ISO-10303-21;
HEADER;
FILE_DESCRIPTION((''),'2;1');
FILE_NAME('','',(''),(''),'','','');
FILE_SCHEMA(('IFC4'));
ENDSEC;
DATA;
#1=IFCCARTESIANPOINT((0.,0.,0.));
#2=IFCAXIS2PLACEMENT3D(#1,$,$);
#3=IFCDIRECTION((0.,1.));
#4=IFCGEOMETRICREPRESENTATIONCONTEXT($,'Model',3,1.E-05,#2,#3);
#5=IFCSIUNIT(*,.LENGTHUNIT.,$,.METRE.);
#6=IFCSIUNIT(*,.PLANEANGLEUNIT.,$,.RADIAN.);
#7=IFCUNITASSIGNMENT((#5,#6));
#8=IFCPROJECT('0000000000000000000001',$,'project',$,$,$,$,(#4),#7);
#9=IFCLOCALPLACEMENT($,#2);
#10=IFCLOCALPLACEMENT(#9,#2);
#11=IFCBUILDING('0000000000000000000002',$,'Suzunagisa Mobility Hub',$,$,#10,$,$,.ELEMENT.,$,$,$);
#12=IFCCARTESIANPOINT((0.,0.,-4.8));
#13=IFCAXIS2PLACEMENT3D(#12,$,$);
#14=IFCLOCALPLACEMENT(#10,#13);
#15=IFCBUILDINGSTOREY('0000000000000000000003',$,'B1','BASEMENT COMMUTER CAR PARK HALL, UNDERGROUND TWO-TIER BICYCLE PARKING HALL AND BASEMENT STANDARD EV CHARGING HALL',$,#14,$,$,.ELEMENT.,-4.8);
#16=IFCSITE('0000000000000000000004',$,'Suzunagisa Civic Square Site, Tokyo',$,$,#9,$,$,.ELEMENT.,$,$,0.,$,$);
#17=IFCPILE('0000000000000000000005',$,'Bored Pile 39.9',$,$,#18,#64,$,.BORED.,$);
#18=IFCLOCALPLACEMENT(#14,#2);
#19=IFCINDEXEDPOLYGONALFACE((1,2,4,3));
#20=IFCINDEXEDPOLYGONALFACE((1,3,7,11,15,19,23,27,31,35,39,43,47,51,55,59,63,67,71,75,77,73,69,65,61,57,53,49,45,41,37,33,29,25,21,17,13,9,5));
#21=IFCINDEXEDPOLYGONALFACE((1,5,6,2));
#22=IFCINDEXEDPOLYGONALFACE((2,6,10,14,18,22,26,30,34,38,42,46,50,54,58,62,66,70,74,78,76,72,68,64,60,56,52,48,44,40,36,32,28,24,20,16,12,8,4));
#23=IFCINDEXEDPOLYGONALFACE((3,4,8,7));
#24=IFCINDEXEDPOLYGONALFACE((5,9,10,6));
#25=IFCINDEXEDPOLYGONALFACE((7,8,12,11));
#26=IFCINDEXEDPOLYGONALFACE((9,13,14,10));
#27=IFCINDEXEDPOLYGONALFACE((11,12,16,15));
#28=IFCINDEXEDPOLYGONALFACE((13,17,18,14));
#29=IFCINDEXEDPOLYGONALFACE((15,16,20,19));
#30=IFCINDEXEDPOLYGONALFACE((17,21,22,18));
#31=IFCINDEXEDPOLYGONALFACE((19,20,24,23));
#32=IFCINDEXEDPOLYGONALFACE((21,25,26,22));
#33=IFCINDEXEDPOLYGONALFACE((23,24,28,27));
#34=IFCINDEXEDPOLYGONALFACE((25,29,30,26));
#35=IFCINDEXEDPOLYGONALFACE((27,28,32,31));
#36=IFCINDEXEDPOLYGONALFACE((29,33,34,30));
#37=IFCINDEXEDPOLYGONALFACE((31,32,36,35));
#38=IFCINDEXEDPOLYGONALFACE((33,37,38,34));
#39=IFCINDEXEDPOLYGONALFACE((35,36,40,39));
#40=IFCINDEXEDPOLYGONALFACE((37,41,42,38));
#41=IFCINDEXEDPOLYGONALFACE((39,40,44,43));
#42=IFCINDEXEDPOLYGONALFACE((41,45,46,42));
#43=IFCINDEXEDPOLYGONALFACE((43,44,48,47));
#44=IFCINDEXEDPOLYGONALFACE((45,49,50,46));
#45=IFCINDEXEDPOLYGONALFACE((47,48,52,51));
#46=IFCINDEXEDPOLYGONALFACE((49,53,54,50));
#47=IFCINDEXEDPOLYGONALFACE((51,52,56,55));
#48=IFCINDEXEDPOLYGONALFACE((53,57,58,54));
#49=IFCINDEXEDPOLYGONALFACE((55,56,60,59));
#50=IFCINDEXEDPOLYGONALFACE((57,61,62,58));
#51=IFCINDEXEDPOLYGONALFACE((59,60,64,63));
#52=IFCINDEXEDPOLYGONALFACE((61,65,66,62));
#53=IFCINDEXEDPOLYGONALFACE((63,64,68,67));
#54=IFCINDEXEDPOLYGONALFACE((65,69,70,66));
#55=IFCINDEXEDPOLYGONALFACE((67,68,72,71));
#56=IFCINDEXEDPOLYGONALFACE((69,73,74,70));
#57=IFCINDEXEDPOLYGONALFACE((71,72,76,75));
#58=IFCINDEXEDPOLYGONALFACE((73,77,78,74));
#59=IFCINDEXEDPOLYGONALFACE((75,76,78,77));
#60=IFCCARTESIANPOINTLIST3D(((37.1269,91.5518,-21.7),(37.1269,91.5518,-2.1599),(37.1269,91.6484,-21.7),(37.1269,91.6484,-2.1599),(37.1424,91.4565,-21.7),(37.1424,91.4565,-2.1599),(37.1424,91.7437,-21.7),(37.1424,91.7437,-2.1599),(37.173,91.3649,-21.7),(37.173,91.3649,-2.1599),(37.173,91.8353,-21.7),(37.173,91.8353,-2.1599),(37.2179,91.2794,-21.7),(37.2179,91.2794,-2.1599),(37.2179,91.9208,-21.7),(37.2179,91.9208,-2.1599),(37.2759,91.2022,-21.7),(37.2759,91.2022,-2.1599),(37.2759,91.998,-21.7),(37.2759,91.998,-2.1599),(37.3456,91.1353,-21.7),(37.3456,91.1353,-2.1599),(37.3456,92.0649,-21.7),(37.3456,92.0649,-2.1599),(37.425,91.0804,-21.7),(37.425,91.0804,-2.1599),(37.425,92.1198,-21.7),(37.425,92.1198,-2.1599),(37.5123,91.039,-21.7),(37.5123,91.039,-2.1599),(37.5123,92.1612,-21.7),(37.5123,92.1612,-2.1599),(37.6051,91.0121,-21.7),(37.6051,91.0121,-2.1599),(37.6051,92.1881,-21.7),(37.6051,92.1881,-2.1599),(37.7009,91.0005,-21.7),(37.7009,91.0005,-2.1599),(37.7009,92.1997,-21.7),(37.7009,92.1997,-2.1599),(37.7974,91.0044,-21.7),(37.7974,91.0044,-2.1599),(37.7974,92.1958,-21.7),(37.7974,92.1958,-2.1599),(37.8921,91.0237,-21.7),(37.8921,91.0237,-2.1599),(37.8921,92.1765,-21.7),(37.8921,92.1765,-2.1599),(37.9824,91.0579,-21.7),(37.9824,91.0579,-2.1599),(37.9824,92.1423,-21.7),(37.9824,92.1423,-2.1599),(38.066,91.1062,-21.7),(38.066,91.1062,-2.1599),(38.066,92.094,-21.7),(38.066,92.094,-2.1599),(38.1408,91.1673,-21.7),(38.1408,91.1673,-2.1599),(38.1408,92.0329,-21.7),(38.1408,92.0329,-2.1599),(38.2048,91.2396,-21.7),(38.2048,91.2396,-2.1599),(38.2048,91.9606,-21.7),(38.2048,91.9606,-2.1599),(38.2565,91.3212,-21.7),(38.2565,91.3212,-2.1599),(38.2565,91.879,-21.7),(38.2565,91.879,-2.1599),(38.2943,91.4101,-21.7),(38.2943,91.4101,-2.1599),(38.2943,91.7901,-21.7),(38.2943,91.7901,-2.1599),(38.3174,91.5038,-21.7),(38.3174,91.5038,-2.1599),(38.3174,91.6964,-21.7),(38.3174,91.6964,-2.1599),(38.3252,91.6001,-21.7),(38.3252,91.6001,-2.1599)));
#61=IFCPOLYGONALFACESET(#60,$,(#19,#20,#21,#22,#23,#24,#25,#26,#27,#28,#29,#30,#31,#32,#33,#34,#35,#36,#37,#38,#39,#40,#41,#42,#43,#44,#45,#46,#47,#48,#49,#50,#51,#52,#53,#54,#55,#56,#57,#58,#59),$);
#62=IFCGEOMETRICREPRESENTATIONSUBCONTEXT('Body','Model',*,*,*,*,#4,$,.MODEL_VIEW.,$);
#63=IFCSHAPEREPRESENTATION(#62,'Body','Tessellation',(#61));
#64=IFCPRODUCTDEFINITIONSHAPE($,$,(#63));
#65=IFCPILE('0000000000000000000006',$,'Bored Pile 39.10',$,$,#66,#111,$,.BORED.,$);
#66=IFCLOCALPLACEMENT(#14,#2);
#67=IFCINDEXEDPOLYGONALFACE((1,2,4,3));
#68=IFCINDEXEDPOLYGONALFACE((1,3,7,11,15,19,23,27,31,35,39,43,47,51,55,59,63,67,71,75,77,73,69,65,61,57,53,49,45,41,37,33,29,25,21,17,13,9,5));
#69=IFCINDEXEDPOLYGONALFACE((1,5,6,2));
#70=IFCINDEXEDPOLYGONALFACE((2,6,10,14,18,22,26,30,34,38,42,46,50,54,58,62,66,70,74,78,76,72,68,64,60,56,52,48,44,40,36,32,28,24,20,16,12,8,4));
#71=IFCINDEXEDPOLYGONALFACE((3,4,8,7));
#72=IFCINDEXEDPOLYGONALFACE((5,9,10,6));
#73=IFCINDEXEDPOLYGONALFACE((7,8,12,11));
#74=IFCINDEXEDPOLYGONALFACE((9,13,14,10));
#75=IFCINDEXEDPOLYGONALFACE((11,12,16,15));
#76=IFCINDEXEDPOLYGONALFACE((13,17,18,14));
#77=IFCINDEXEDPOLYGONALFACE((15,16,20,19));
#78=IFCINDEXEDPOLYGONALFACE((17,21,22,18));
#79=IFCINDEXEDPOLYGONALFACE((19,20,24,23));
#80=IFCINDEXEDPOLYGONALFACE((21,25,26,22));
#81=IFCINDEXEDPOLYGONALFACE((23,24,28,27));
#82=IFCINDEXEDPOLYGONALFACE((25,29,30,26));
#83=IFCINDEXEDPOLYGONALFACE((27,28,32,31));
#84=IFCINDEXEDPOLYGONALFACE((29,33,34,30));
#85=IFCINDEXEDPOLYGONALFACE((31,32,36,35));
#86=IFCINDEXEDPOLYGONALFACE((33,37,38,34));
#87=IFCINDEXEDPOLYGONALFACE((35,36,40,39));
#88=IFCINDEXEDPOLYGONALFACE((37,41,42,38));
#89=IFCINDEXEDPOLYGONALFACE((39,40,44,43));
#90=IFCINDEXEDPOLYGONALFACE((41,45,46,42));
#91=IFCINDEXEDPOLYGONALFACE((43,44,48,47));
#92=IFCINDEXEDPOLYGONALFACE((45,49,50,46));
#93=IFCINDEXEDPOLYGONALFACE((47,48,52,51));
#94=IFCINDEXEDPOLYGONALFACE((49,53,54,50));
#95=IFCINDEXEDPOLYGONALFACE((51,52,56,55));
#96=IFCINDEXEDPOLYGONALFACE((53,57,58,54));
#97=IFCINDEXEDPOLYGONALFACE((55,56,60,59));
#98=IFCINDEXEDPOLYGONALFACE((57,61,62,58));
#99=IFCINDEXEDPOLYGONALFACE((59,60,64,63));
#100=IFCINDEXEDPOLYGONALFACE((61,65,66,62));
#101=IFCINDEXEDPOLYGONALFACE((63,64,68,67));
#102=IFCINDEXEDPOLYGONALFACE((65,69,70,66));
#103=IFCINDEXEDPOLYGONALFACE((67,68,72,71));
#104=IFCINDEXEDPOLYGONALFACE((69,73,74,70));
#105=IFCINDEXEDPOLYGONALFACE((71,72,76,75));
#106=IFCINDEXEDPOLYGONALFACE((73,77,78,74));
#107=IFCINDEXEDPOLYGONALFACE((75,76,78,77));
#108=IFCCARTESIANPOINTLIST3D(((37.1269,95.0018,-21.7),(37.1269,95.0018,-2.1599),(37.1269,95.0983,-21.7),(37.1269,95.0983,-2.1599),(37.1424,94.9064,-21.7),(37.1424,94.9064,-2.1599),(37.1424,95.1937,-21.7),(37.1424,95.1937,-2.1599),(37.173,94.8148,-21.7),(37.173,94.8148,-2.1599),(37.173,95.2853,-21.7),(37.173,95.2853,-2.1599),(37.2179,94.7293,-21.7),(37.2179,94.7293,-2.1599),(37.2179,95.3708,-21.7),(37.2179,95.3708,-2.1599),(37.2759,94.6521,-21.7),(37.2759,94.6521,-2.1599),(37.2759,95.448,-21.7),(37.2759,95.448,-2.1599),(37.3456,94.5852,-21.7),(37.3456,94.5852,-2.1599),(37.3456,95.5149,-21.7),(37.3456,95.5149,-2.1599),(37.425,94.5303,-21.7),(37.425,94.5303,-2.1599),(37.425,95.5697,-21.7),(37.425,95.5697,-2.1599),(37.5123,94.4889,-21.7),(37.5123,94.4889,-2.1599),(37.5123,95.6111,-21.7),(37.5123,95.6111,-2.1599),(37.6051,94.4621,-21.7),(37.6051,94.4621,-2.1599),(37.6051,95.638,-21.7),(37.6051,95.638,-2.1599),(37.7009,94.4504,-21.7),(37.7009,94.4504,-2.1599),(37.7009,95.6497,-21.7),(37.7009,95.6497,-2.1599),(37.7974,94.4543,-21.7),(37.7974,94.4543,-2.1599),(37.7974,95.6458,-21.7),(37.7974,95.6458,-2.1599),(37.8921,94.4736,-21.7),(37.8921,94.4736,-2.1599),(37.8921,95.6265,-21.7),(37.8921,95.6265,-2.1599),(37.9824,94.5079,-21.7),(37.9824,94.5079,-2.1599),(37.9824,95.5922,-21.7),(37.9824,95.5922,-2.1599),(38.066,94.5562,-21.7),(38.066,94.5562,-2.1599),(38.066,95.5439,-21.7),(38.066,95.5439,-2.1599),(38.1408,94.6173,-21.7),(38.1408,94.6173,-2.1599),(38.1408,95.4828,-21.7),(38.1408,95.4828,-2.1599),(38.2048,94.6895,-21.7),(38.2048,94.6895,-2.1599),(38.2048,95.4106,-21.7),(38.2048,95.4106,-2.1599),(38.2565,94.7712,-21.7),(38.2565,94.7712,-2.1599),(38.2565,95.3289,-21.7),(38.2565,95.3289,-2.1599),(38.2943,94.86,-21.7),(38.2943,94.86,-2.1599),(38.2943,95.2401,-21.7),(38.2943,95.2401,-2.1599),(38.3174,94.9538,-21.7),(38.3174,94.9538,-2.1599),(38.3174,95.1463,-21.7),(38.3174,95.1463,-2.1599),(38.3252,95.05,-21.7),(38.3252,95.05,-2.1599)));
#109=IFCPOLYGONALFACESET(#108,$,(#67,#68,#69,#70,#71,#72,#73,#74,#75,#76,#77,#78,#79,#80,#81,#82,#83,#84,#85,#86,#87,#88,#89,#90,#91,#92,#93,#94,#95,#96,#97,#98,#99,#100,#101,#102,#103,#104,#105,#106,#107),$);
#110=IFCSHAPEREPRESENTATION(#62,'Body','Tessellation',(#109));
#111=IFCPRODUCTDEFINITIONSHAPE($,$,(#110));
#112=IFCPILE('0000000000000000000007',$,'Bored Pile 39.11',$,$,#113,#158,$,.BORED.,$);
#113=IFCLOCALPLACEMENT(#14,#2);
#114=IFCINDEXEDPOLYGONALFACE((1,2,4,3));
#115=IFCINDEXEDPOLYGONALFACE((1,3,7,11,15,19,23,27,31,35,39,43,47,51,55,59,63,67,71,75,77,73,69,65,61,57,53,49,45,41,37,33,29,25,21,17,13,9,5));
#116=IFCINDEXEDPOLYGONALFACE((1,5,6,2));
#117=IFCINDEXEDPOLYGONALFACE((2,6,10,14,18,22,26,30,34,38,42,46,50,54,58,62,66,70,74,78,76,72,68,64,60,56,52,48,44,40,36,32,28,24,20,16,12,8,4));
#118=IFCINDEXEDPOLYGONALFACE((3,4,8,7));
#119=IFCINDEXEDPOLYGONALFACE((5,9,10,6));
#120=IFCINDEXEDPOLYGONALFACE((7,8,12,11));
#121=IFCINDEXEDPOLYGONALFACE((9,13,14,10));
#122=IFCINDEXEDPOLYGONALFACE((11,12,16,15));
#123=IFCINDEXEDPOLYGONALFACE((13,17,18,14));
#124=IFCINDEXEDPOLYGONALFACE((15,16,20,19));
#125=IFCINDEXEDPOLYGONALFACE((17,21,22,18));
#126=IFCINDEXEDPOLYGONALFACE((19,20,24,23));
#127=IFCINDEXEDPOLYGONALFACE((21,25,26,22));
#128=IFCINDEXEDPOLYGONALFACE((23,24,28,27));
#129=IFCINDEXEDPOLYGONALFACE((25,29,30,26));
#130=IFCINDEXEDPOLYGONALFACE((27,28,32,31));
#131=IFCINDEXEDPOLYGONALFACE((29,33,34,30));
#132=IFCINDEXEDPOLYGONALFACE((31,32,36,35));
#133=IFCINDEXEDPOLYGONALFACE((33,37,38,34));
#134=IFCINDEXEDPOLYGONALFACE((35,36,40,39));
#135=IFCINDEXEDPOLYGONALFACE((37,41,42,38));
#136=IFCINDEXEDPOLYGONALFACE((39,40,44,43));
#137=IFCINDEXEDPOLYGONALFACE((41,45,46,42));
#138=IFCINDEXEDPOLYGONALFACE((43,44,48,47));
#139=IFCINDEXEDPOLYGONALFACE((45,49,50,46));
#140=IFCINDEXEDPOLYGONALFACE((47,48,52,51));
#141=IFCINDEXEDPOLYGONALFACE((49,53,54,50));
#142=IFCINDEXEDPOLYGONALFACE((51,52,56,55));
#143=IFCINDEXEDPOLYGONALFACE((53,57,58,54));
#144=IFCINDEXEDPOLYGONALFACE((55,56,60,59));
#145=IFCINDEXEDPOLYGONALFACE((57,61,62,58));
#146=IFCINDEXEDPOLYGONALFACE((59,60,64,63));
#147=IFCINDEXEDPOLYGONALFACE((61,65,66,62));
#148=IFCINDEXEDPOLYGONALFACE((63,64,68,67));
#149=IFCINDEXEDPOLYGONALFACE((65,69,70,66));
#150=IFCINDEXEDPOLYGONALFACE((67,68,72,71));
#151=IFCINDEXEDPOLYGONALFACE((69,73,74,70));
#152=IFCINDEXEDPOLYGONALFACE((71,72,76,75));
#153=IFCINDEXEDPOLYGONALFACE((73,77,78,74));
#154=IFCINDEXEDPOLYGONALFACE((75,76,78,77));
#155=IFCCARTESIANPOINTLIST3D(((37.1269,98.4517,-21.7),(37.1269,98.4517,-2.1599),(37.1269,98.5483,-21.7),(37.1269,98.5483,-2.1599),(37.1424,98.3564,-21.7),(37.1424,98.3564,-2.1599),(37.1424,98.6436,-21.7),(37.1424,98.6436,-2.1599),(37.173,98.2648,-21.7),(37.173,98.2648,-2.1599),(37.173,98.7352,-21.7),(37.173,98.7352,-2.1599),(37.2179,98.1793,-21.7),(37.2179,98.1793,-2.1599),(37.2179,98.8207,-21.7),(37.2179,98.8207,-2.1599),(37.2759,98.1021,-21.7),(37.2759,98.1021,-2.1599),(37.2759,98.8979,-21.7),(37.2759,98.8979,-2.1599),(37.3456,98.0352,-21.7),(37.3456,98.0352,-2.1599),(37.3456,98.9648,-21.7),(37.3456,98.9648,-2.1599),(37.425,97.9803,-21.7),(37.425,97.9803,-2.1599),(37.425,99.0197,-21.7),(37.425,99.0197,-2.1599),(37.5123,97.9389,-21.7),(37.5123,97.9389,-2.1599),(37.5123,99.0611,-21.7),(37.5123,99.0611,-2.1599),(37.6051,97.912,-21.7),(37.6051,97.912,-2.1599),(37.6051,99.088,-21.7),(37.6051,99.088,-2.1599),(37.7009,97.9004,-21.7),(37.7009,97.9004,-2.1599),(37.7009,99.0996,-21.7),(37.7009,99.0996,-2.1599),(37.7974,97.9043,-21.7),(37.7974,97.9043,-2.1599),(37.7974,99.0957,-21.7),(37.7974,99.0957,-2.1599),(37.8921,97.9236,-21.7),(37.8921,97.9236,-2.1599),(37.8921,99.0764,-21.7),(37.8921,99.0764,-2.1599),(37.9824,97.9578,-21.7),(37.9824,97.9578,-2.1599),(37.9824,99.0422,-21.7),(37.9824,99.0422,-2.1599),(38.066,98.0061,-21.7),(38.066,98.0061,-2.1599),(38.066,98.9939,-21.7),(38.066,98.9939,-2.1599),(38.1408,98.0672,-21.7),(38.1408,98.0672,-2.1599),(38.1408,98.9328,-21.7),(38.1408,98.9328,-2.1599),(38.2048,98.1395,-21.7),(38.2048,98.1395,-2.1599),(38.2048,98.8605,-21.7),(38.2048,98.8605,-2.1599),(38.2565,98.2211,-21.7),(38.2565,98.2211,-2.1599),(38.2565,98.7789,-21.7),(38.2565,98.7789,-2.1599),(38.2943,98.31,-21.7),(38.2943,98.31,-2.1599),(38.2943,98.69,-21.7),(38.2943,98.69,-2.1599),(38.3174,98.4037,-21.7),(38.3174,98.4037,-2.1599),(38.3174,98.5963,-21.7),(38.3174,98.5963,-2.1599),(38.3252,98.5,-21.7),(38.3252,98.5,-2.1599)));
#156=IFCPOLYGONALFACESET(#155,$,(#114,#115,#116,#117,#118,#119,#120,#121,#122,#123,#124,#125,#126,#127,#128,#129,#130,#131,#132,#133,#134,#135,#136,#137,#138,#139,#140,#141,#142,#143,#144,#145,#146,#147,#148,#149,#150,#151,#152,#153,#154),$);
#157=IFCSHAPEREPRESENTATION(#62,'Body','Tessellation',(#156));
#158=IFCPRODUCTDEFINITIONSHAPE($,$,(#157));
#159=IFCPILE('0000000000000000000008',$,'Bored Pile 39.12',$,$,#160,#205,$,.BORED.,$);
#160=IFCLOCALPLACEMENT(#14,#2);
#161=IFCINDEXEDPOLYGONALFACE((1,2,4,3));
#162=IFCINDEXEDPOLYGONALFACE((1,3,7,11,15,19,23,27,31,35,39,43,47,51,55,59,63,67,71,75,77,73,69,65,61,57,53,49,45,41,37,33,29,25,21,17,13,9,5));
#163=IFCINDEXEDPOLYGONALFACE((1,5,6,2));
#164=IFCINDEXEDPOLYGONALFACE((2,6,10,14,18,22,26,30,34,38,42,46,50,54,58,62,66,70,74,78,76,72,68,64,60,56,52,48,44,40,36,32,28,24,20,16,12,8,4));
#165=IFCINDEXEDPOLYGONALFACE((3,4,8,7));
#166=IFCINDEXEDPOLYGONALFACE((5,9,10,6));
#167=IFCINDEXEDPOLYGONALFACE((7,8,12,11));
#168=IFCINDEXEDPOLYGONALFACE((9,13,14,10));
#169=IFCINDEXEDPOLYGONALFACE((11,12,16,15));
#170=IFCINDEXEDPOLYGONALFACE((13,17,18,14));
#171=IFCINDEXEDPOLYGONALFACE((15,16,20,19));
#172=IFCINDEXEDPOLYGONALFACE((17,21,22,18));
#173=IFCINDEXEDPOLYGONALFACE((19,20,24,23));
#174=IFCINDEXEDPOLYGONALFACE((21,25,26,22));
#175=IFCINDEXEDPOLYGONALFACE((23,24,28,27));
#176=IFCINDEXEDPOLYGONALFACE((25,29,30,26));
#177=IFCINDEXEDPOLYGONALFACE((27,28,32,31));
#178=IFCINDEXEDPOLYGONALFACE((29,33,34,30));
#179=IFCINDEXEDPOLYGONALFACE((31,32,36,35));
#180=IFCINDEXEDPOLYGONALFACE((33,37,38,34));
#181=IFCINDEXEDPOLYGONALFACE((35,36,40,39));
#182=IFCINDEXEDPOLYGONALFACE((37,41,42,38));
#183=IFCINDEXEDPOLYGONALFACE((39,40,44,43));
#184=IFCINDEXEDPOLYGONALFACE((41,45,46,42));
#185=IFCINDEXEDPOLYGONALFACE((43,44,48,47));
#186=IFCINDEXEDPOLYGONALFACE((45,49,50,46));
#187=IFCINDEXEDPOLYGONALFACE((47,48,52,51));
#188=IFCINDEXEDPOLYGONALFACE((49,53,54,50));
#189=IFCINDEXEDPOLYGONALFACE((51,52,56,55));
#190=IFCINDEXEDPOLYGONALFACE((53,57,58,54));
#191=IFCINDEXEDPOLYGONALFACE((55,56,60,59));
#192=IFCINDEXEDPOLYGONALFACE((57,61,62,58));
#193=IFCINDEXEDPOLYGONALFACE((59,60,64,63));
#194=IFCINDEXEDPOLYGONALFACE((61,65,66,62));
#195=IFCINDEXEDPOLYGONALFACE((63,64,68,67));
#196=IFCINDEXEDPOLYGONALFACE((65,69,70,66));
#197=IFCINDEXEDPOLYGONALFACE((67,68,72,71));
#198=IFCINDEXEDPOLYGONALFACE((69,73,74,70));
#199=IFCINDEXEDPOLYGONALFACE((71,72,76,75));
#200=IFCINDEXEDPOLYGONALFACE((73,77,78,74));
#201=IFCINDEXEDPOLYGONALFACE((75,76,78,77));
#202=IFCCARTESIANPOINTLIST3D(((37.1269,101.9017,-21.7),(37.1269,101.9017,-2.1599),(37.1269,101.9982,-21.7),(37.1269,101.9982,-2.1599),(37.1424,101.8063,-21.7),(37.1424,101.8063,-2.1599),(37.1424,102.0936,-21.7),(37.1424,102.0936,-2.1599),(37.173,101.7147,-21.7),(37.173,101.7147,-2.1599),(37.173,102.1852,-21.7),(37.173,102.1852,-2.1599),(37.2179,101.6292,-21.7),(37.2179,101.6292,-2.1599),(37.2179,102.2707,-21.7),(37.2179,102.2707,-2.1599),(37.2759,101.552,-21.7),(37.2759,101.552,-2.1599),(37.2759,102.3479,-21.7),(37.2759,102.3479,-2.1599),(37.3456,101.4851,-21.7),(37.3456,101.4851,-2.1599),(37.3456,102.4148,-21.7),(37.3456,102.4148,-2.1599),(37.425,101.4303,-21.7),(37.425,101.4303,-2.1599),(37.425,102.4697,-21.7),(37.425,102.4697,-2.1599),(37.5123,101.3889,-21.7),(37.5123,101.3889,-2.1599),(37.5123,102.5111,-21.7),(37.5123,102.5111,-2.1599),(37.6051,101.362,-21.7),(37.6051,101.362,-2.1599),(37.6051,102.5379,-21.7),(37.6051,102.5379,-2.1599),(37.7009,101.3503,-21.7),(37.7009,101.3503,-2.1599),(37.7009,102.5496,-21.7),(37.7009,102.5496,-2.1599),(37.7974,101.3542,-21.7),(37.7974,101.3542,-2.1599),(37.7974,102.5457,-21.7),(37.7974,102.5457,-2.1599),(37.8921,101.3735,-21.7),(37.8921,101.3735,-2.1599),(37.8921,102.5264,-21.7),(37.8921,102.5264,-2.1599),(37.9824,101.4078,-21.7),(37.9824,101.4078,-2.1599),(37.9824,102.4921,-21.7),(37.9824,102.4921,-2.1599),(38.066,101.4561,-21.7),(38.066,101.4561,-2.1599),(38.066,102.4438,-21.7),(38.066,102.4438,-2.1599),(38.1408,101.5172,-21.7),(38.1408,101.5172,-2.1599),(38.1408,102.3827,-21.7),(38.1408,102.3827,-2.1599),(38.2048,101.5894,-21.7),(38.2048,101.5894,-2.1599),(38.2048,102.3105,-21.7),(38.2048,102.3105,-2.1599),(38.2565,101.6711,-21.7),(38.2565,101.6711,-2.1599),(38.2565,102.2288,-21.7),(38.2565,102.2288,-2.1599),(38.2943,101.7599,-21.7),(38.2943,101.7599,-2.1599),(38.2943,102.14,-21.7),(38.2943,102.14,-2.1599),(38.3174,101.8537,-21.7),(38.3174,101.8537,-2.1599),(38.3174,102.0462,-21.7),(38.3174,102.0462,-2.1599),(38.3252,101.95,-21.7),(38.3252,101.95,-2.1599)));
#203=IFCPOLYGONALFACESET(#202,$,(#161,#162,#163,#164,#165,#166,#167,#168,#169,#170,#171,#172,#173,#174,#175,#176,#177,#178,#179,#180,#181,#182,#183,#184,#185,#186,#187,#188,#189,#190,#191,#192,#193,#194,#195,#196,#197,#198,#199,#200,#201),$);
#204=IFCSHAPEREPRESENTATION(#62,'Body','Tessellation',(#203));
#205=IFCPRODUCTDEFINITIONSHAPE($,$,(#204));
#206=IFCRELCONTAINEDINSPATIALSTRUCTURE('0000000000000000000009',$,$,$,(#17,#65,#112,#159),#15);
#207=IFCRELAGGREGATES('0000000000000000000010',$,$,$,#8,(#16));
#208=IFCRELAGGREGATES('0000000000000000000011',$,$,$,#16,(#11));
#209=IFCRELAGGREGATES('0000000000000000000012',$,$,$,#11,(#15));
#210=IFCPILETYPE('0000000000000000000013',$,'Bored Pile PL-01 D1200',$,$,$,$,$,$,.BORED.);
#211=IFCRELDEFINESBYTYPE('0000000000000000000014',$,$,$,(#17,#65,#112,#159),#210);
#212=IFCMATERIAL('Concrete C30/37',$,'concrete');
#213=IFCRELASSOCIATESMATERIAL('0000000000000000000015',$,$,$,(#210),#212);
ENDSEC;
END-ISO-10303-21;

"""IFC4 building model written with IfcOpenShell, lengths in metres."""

from ifc_helpers import new_model, si_unit, direction, frame, origin, origin_2d, place, context, subcontext, project, spatial, circle, extrude, material, material_profile, profile_set, type_object, element, save


model = new_model("IFC4")

# Units and contexts
model_context = context("Model", 3, precision=1e-05, world=origin(), true_north=direction((0.0, 1.0)))
body_context = subcontext(model_context, "Body", "Model", "MODEL_VIEW")
ifc_project = project(units=[si_unit("LENGTHUNIT", "METRE"), si_unit("PLANEANGLEUNIT", "RADIAN")], contexts=[model_context])

# Site, building, storey
site_placement = place(None, origin())
site = spatial("IfcSite", under=ifc_project, at=site_placement, Name="Suzunagisa Civic Square Site, Tokyo", CompositionType="ELEMENT", RefElevation=0.0)
building_placement = place(site_placement, origin())
building = spatial("IfcBuilding", under=site, at=building_placement, Name="Suzunagisa Mobility Hub", CompositionType="ELEMENT")
storey_placement = place(building_placement, frame((0.0, 0.0, -4.8)))
storey = spatial("IfcBuildingStorey", under=building, at=storey_placement, Name="B1", Description="BASEMENT COMMUTER CAR PARK HALL, UNDERGROUND TWO-TIER BICYCLE PARKING HALL AND BASEMENT STANDARD EV CHARGING HALL", CompositionType="ELEMENT", Elevation=-4.8)

# Piles
ifc_material_1 = material(Name="Concrete C30/37", Category="concrete")
ifc_material_profile_1 = material_profile(ifc_material_1, circle(Radius=0.6001, at=origin_2d()), Name="BORED PILE D1200")
ifc_profile_set_1 = profile_set([ifc_material_profile_1], Name="Concrete C30/37")
pile_type = type_object("IfcPileType", Name="Bored Pile PL-01 D1200", PredefinedType="BORED", material=ifc_profile_set_1)
for number, where, z_axis, x_axis, name in (
    (1, (37.7251, 91.6001, -2.1599), (0.0, 0.0, -1.0), (1.0, 0.0, 0.0), "Bored Pile 39.9"),
    (2, (37.7251, 95.05, -2.1599), (0.0, 0.0, -1.0), (1.0, 0.0, 0.0), "Bored Pile 39.10"),
    (3, (37.7251, 98.5, -2.1599), (0.0, 0.0, -1.0), (1.0, 0.0, 0.0), "Bored Pile 39.11"),
    (4, (37.7251, 101.95, -2.1599), (0.0, 0.0, -1.0), (1.0, 0.0, 0.0), "Bored Pile 39.12"),
):
    element("IfcPile", number, at=place(storey_placement, frame(where, z_axis=z_axis, x_axis=x_axis)), inside=storey, type_object=pile_type, Name=name, PredefinedType="BORED", context=body_context, shape_type="SweptSolid", body=[
        extrude(circle(Radius=0.6001, at=origin_2d()), origin(), (0.0, 0.0, 1.0), 19.54),
    ])

save(model, "model.ifc")
